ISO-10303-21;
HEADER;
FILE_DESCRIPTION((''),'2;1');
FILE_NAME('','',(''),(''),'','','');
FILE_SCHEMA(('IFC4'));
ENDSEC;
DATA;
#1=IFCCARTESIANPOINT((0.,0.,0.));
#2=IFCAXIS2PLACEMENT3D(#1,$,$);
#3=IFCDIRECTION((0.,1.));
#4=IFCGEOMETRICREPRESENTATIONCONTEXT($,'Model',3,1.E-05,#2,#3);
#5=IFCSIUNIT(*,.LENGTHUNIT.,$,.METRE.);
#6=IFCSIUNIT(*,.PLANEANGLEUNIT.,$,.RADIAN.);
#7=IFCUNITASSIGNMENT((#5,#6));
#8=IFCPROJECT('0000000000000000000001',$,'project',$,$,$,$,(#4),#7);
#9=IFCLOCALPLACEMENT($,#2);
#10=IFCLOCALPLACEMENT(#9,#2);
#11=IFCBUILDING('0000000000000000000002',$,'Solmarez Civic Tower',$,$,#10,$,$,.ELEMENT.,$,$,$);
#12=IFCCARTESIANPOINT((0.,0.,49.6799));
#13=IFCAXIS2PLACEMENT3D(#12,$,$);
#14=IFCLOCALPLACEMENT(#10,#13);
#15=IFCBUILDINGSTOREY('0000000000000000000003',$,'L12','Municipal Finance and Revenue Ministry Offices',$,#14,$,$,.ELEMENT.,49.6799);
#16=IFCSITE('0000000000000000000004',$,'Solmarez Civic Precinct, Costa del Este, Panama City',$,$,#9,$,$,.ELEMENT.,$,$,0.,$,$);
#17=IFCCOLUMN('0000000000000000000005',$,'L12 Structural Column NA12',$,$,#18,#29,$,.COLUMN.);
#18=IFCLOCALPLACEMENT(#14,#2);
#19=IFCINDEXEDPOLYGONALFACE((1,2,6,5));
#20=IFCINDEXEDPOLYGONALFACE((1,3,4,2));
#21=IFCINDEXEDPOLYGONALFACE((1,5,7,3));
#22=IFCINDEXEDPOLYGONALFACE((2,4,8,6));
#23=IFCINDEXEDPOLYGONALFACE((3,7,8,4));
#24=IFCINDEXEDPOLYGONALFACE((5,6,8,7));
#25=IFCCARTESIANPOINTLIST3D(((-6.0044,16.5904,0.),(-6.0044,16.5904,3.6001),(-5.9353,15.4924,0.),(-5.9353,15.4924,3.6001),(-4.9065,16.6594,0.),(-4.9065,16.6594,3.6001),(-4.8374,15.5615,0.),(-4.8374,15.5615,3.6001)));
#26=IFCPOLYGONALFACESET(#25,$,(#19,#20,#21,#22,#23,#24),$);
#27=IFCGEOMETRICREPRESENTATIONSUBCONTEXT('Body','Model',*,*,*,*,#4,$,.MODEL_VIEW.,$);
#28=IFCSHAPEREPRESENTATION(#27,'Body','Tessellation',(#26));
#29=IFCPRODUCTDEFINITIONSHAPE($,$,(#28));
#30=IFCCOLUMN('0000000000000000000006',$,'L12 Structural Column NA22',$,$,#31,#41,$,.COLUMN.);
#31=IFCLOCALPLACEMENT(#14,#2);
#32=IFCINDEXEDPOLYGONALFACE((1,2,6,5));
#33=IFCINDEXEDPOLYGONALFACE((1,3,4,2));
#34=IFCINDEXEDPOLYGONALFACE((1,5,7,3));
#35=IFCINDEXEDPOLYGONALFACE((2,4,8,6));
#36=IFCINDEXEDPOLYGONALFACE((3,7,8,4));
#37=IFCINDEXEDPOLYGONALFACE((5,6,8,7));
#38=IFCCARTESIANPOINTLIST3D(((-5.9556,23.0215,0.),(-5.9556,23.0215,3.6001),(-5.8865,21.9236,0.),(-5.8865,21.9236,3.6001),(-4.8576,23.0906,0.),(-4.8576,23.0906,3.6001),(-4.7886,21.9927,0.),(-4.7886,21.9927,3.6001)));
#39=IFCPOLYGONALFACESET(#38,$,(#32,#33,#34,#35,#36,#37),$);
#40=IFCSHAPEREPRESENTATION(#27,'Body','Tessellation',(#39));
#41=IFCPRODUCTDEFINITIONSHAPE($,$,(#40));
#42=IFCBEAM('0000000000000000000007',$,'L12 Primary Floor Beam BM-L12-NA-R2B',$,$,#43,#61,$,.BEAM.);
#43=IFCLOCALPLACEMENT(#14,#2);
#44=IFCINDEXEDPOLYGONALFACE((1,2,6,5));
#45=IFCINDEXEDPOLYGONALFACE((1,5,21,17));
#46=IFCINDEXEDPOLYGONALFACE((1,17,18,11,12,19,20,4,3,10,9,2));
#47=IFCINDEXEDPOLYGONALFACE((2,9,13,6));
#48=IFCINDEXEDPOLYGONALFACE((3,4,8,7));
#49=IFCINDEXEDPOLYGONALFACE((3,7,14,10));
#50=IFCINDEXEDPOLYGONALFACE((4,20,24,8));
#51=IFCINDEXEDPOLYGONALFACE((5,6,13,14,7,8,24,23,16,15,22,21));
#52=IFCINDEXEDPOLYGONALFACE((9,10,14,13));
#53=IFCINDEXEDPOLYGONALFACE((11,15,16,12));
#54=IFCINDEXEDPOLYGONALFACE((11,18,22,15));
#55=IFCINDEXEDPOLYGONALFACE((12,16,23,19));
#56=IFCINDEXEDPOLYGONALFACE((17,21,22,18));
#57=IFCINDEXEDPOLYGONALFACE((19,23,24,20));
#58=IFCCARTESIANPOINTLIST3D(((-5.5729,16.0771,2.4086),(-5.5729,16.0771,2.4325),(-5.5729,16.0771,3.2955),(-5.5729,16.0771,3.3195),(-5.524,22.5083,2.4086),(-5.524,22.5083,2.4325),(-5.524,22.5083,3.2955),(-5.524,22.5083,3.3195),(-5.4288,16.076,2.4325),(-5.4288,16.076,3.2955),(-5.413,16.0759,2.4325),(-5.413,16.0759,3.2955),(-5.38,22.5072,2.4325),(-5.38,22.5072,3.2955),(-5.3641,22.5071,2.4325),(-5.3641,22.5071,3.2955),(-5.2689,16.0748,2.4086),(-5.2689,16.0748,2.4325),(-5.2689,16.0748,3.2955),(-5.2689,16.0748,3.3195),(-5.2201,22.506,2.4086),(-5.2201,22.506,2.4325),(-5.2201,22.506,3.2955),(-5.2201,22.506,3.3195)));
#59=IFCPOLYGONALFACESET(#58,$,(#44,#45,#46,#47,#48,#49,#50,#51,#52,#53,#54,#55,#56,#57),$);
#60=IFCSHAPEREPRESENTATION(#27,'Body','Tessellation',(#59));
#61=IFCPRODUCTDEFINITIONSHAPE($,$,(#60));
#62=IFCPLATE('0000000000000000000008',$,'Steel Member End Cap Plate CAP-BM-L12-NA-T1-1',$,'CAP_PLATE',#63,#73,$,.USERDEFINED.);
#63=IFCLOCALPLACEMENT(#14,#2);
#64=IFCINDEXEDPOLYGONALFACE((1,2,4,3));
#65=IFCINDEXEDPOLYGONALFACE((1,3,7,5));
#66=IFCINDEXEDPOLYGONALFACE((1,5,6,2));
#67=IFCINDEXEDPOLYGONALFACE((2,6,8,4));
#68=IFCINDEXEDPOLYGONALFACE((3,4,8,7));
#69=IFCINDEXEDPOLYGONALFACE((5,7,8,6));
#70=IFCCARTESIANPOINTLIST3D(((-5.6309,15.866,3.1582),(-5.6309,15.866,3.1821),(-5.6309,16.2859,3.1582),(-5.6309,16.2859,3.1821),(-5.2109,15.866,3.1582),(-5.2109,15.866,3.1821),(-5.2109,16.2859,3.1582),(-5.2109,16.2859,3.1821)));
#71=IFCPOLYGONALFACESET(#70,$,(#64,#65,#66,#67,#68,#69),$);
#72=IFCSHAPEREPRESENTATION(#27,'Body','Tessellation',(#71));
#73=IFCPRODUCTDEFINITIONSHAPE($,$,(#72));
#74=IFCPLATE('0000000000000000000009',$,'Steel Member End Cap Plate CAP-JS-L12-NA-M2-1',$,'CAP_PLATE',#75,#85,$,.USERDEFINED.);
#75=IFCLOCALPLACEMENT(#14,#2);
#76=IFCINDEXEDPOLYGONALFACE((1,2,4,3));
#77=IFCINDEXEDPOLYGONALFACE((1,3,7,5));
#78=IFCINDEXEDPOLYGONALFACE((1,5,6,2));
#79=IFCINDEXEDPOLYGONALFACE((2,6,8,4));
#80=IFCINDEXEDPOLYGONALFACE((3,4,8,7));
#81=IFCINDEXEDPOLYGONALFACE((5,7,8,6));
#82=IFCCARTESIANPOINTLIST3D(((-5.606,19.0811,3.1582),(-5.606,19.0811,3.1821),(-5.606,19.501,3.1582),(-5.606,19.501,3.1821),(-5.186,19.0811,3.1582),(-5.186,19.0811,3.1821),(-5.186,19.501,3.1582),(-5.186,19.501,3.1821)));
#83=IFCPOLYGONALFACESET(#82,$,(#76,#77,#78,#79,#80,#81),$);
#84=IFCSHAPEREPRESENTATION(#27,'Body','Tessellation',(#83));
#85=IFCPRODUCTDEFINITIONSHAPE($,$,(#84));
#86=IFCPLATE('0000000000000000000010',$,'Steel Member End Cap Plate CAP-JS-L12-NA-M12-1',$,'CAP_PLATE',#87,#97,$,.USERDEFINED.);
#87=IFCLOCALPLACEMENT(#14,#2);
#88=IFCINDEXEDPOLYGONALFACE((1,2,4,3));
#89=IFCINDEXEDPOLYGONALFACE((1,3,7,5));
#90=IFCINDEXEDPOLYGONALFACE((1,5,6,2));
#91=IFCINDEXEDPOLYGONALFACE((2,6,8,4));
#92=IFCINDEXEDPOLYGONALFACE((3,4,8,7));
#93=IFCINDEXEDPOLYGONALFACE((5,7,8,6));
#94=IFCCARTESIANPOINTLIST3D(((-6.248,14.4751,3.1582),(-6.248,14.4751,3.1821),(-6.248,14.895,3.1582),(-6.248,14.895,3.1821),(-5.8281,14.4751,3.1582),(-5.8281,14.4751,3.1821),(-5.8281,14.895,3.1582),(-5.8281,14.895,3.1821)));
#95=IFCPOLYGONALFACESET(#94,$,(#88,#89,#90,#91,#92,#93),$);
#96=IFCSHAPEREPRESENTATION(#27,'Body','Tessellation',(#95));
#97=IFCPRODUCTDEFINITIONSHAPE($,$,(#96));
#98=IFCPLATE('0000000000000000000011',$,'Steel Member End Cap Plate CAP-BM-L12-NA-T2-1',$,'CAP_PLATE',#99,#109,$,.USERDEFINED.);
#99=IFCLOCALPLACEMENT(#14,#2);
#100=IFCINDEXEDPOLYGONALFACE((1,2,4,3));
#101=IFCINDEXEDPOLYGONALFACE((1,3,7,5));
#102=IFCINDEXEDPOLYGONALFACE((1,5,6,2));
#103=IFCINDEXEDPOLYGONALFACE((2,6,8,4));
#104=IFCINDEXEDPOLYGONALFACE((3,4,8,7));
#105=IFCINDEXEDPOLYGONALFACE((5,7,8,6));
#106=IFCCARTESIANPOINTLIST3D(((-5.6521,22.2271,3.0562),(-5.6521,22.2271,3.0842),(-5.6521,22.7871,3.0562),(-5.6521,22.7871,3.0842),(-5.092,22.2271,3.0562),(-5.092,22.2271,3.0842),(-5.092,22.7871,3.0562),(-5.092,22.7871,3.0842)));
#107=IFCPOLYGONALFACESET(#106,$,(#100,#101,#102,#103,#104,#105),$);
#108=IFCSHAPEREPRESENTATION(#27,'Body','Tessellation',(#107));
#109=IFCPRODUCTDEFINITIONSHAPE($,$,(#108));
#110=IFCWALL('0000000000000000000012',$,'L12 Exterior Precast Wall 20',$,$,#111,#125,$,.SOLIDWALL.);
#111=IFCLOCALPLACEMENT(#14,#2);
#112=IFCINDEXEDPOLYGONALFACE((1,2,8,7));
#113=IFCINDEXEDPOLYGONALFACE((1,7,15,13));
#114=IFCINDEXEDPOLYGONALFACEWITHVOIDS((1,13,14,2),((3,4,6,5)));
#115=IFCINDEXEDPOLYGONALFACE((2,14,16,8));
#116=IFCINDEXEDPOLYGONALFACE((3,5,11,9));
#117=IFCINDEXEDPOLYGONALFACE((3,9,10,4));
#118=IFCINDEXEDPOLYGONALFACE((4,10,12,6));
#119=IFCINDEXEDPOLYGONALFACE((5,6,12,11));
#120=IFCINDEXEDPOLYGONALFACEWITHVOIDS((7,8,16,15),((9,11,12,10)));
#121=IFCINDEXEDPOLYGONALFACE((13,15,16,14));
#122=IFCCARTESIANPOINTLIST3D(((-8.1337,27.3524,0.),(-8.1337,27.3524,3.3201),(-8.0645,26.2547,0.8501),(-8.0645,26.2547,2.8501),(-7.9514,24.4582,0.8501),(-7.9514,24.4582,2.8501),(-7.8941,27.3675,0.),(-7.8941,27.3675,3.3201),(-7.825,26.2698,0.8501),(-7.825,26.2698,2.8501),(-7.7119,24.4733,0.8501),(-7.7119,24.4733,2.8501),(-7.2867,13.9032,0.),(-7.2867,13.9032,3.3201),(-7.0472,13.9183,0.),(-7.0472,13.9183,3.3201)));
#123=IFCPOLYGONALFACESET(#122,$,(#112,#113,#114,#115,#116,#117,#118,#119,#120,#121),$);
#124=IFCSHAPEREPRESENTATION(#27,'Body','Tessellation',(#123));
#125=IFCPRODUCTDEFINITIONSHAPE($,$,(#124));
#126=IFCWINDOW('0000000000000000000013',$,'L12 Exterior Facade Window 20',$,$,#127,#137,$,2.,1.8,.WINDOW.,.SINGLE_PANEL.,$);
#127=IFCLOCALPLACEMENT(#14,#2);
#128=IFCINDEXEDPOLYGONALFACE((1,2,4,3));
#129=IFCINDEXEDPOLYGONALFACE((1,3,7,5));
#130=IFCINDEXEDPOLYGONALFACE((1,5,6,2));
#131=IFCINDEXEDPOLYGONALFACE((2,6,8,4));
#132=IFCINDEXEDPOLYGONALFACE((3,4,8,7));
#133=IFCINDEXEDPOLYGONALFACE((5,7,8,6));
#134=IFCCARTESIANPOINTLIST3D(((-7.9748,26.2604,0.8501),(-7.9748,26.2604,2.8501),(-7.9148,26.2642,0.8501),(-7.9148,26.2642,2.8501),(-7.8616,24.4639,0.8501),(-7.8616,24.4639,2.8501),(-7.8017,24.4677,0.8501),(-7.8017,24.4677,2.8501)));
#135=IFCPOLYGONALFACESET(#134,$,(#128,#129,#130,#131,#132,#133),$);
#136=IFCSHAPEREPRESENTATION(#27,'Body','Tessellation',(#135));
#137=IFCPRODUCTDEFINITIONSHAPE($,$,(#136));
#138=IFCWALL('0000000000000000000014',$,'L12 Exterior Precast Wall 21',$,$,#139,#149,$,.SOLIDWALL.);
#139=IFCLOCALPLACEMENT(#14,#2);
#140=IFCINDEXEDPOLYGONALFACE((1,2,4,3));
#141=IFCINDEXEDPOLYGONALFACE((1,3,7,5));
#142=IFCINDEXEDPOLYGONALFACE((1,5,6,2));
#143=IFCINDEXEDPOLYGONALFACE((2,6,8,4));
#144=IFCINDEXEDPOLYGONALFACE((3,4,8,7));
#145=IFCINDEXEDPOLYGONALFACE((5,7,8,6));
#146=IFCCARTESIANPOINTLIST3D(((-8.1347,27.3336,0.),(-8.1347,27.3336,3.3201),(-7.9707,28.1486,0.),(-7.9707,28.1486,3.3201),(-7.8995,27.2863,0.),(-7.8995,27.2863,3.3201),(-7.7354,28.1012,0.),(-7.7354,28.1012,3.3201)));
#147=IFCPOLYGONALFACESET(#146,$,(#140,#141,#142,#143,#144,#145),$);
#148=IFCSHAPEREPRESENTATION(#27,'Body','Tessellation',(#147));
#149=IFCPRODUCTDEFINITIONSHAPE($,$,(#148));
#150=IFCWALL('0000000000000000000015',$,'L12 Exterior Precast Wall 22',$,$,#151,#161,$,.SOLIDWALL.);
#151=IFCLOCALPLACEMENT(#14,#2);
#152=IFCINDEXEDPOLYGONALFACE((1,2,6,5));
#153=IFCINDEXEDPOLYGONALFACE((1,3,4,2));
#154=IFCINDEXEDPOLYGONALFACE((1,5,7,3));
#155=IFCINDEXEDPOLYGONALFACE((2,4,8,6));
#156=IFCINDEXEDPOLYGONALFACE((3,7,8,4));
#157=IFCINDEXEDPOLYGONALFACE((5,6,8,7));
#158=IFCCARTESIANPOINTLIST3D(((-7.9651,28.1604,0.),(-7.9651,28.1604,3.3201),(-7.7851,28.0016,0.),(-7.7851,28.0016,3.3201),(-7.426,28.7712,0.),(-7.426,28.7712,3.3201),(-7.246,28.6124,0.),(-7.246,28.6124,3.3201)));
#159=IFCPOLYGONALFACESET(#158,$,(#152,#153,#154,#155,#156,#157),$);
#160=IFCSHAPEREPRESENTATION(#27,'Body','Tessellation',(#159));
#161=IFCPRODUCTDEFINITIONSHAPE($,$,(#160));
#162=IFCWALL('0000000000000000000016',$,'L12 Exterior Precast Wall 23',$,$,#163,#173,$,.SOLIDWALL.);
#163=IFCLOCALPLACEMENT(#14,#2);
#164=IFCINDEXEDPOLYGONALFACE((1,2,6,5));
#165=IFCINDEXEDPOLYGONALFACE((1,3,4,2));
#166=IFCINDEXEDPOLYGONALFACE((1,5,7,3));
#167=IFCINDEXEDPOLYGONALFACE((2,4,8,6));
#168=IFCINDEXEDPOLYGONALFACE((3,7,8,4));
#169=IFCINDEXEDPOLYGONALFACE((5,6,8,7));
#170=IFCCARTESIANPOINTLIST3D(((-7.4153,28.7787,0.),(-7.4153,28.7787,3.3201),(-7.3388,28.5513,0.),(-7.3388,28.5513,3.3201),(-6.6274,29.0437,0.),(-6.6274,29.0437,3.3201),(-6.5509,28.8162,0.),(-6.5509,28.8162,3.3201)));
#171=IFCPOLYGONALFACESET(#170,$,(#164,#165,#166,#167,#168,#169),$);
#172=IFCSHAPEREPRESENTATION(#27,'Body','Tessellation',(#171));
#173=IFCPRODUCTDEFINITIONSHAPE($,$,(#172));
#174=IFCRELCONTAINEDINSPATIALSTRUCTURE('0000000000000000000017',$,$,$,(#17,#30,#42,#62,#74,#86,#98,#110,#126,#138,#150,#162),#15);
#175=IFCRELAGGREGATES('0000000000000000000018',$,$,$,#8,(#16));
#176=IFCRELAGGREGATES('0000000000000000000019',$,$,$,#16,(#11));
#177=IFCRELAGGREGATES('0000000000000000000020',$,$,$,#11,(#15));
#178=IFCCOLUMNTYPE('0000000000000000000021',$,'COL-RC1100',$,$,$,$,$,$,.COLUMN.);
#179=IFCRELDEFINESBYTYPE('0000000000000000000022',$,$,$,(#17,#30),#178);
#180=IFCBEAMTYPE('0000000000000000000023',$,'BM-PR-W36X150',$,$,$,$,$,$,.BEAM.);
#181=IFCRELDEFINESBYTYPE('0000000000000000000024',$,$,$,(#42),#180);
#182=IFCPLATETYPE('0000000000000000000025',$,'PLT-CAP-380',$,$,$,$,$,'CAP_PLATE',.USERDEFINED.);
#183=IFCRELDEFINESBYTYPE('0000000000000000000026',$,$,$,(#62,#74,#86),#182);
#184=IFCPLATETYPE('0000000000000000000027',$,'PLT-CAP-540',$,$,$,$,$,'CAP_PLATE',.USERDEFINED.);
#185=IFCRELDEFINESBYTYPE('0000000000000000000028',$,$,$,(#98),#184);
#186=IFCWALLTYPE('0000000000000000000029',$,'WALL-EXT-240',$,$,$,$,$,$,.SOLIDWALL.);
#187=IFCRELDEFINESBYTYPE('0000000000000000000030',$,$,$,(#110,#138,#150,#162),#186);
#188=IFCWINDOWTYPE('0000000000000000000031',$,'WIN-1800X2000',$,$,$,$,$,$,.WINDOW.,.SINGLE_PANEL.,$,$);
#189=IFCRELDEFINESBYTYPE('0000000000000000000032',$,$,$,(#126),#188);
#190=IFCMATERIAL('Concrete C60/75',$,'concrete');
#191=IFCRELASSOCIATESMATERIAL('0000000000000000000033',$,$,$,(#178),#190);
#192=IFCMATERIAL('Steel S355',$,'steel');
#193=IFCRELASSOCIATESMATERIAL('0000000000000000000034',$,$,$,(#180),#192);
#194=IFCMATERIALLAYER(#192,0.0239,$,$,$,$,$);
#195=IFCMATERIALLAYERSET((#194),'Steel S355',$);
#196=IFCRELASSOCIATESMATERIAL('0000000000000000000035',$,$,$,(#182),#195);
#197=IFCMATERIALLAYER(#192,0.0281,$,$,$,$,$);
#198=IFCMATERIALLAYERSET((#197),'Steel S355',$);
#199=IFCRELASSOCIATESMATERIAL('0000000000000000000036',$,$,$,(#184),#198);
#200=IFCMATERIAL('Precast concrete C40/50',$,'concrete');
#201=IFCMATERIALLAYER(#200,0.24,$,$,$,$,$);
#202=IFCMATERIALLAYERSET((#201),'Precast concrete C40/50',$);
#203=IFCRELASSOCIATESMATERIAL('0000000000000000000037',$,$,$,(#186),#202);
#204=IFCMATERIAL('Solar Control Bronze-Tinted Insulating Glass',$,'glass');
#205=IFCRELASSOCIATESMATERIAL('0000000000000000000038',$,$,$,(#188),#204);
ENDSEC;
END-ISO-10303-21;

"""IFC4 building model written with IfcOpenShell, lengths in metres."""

from ifc_helpers import new_model, si_unit, direction, frame, frame_2d, origin, origin_2d, place, context, subcontext, project, spatial, rectangle, i_section, extrude, material, layer, layer_set, material_profile, profile_set, type_object, element, fill, save


model = new_model("IFC4")

# Units and contexts
model_context = context("Model", 3, precision=1e-05, world=origin(), true_north=direction((0.0, 1.0)))
body_context = subcontext(model_context, "Body", "Model", "MODEL_VIEW")
ifc_project = project(units=[si_unit("LENGTHUNIT", "METRE"), si_unit("PLANEANGLEUNIT", "RADIAN")], contexts=[model_context])

# Site, building, storey
site_placement = place(None, origin())
site = spatial("IfcSite", under=ifc_project, at=site_placement, Name="Solmarez Civic Precinct, Costa del Este, Panama City", CompositionType="ELEMENT", RefElevation=0.0)
building_placement = place(site_placement, origin())
building = spatial("IfcBuilding", under=site, at=building_placement, Name="Solmarez Civic Tower", CompositionType="ELEMENT")
storey_placement = place(building_placement, frame((0.0, 0.0, 49.6799)))
storey = spatial("IfcBuildingStorey", under=building, at=storey_placement, Name="L12", Description="Municipal Finance and Revenue Ministry Offices", CompositionType="ELEMENT", Elevation=49.6799)

# Columns
ifc_material_1 = material(Name="Concrete C60/75", Category="concrete")
ifc_material_profile_1 = material_profile(ifc_material_1, rectangle(XDim=1.1001, YDim=1.1001, at=origin_2d()), Name="RC1100X1100")
ifc_profile_set_1 = profile_set([ifc_material_profile_1], Name="Concrete C60/75")
column_type = type_object("IfcColumnType", Name="COL-RC1100", PredefinedType="COLUMN", material=ifc_profile_set_1)
for number, where, z_axis, x_axis, name in (
    (1, (-5.4209, 16.0759, 0.0), (0.0, 0.0, 1.0), (0.998027, 0.062791, 0.0), "L12 Structural Column NA12"),
    (2, (-5.3721, 22.5071, 0.0), (0.0, 0.0, 1.0), (0.998027, 0.062791, 0.0), "L12 Structural Column NA22"),
):
    element("IfcColumn", number, at=place(storey_placement, frame(where, z_axis=z_axis, x_axis=x_axis)), inside=storey, type_object=column_type, Name=name, PredefinedType="COLUMN", context=body_context, shape_type="SweptSolid", body=[
        extrude(rectangle(XDim=1.1001, YDim=1.1001, at=origin_2d()), origin(), (0.0, 0.0, 1.0), 3.6001),
    ])

# Beam
ifc_material_2 = material(Name="Steel S355", Category="steel")
ifc_material_profile_2 = material_profile(ifc_material_2, i_section(OverallWidth=0.304, OverallDepth=0.9109, WebThickness=0.0159, FlangeThickness=0.0239, at=origin_2d()), Name="W36X150")
ifc_profile_set_2 = profile_set([ifc_material_profile_2], Name="Steel S355")
beam_type = type_object("IfcBeamType", Name="BM-PR-W36X150", PredefinedType="BEAM", material=ifc_profile_set_2)
beam_placement = place(storey_placement, frame((-5.4209, 16.0759, 2.864), z_axis=(0.007592, 0.999971, 0.0), x_axis=(-0.999971, 0.007592, 0.0)))
element("IfcBeam", 3, at=beam_placement, inside=storey, type_object=beam_type, Name="L12 Primary Floor Beam BM-L12-NA-R2B", PredefinedType="BEAM", context=body_context, shape_type="SweptSolid", body=[
    extrude(i_section(OverallWidth=0.304, OverallDepth=0.9109, WebThickness=0.0159, FlangeThickness=0.0239, at=origin_2d()), origin(), (0.0, 0.0, 1.0), 6.4314),
])

# Plates
ifc_layer_1 = layer(ifc_material_2, 0.0239)
ifc_layer_set_1 = layer_set([ifc_layer_1], Name="Steel S355")
plate_type_1 = type_object("IfcPlateType", Name="PLT-CAP-380", ElementType="CAP_PLATE", PredefinedType="USERDEFINED", material=ifc_layer_set_1)
for number, where, z_axis, x_axis, name in (
    (4, (-5.4209, 16.0759, 3.1582), (0.0, 0.0, 1.0), (1.0, 0.0, 0.0), "Steel Member End Cap Plate CAP-BM-L12-NA-T1-1"),
    (5, (-5.396, 19.291, 3.1582), (0.0, 0.0, 1.0), (1.0, 0.0, 0.0), "Steel Member End Cap Plate CAP-JS-L12-NA-M2-1"),
    (6, (-6.0381, 14.6851, 3.1582), (0.0, 0.0, 1.0), (1.0, 0.0, 0.0), "Steel Member End Cap Plate CAP-JS-L12-NA-M12-1"),
):
    element("IfcPlate", number, at=place(storey_placement, frame(where, z_axis=z_axis, x_axis=x_axis)), inside=storey, type_object=plate_type_1, Name=name, ObjectType="CAP_PLATE", PredefinedType="USERDEFINED", context=body_context, shape_type="SweptSolid", body=[
        extrude(rectangle(XDim=0.4199, YDim=0.4199, at=origin_2d()), origin(), (0.0, 0.0, 1.0), 0.0239),
    ])
ifc_layer_2 = layer(ifc_material_2, 0.0281)
ifc_layer_set_2 = layer_set([ifc_layer_2], Name="Steel S355")
plate_type_2 = type_object("IfcPlateType", Name="PLT-CAP-540", ElementType="CAP_PLATE", PredefinedType="USERDEFINED", material=ifc_layer_set_2)
plate_placement = place(storey_placement, frame((-5.3721, 22.5071, 3.0562), z_axis=(0.0, 0.0, 1.0), x_axis=(1.0, 0.0, 0.0)))
element("IfcPlate", 7, at=plate_placement, inside=storey, type_object=plate_type_2, Name="Steel Member End Cap Plate CAP-BM-L12-NA-T2-1", ObjectType="CAP_PLATE", PredefinedType="USERDEFINED", context=body_context, shape_type="SweptSolid", body=[
    extrude(rectangle(XDim=0.5601, YDim=0.5601, at=origin_2d()), origin(), (0.0, 0.0, 1.0), 0.0281),
])

# Wall, opening, window
ifc_material_3 = material(Name="Precast concrete C40/50", Category="concrete")
ifc_layer_3 = layer(ifc_material_3, 0.24)
ifc_layer_set_3 = layer_set([ifc_layer_3], Name="Precast concrete C40/50")
wall_type_1 = type_object("IfcWallType", Name="WALL-EXT-240", PredefinedType="SOLIDWALL", material=ifc_layer_set_3)
wall_1_placement = place(storey_placement, frame((-7.167, 13.9109, 0.0), z_axis=(0.0, 0.0, 1.0), x_axis=(-0.062847, 0.998023, 0.0)))
wall_1 = element("IfcWall", 8, at=wall_1_placement, inside=storey, type_object=wall_type_1, Name="L12 Exterior Precast Wall 20", PredefinedType="SOLIDWALL", context=body_context, shape_type="SweptSolid", body=[
    extrude(rectangle(XDim=13.4758, YDim=0.24, at=frame_2d((6.7378, 0.0))), origin(), (0.0, 0.0, 1.0), 3.3201),
])
opening_1_placement = place(wall_1_placement, frame((10.5759, 0.0, 0.8501)))
opening_1 = element("IfcOpeningElement", 9, at=opening_1_placement, cuts=wall_1, PredefinedType="OPENING", context=body_context, shape_type="SweptSolid", body=[
    extrude(rectangle(XDim=1.8, YDim=2.0, at=frame_2d((0.8999, 1.0))), frame((0.0, 0.1299, 0.0), z_axis=(0.0, -1.0, 0.0), x_axis=(1.0, 0.0, 0.0)), (0.0, 0.0, 1.0), 0.26),
])
ifc_material_4 = material(Name="Solar Control Bronze-Tinted Insulating Glass", Category="glass")
window_type_1 = type_object("IfcWindowType", Name="WIN-1800X2000", PartitioningType="SINGLE_PANEL", PredefinedType="WINDOW", material=ifc_material_4)
window_1_placement = place(opening_1_placement, origin())
window_1 = element("IfcWindow", 10, at=window_1_placement, inside=storey, type_object=window_type_1, Name="L12 Exterior Facade Window 20", OverallHeight=2.0, OverallWidth=1.8, PartitioningType="SINGLE_PANEL", PredefinedType="WINDOW", context=body_context, shape_type="SweptSolid", body=[
    extrude(rectangle(XDim=1.8, YDim=2.0, at=frame_2d((0.8999, 1.0))), frame((0.0, 0.03, 0.0), z_axis=(0.0, -1.0, 0.0), x_axis=(1.0, 0.0, 0.0)), (0.0, 0.0, 1.0), 0.0601),
])
fill(opening_1, window_1)

# Walls
wall_2_placement = place(storey_placement, frame((-8.0171, 27.3101, 0.0), z_axis=(0.0, 0.0, 1.0), x_axis=(0.197359, 0.980331, 0.0)))
element("IfcWall", 11, at=wall_2_placement, inside=storey, type_object=wall_type_1, Name="L12 Exterior Precast Wall 21", PredefinedType="SOLIDWALL", context=body_context, shape_type="SweptSolid", body=[
    extrude(rectangle(XDim=0.8313, YDim=0.24, at=frame_2d((0.4155, 0.0))), origin(), (0.0, 0.0, 1.0), 3.3201),
])
wall_3_placement = place(storey_placement, frame((-7.875, 28.0811, 0.0), z_axis=(0.0, 0.0, 1.0), x_axis=(0.661681, 0.749785, 0.0)))
element("IfcWall", 12, at=wall_3_placement, inside=storey, type_object=wall_type_1, Name="L12 Exterior Precast Wall 22", PredefinedType="SOLIDWALL", context=body_context, shape_type="SweptSolid", body=[
    extrude(rectangle(XDim=0.8147, YDim=0.24, at=frame_2d((0.4072, 0.0))), origin(), (0.0, 0.0, 1.0), 3.3201),
])
wall_4_placement = place(storey_placement, frame((-7.377, 28.665, 0.0), z_axis=(0.0, 0.0, 1.0), x_axis=(0.947858, 0.318694, 0.0)))
element("IfcWall", 13, at=wall_4_placement, inside=storey, type_object=wall_type_1, Name="L12 Exterior Precast Wall 23", PredefinedType="SOLIDWALL", context=body_context, shape_type="SweptSolid", body=[
    extrude(rectangle(XDim=0.8313, YDim=0.24, at=frame_2d((0.4155, 0.0))), origin(), (0.0, 0.0, 1.0), 3.3201),
])

save(model, "model.ifc")
